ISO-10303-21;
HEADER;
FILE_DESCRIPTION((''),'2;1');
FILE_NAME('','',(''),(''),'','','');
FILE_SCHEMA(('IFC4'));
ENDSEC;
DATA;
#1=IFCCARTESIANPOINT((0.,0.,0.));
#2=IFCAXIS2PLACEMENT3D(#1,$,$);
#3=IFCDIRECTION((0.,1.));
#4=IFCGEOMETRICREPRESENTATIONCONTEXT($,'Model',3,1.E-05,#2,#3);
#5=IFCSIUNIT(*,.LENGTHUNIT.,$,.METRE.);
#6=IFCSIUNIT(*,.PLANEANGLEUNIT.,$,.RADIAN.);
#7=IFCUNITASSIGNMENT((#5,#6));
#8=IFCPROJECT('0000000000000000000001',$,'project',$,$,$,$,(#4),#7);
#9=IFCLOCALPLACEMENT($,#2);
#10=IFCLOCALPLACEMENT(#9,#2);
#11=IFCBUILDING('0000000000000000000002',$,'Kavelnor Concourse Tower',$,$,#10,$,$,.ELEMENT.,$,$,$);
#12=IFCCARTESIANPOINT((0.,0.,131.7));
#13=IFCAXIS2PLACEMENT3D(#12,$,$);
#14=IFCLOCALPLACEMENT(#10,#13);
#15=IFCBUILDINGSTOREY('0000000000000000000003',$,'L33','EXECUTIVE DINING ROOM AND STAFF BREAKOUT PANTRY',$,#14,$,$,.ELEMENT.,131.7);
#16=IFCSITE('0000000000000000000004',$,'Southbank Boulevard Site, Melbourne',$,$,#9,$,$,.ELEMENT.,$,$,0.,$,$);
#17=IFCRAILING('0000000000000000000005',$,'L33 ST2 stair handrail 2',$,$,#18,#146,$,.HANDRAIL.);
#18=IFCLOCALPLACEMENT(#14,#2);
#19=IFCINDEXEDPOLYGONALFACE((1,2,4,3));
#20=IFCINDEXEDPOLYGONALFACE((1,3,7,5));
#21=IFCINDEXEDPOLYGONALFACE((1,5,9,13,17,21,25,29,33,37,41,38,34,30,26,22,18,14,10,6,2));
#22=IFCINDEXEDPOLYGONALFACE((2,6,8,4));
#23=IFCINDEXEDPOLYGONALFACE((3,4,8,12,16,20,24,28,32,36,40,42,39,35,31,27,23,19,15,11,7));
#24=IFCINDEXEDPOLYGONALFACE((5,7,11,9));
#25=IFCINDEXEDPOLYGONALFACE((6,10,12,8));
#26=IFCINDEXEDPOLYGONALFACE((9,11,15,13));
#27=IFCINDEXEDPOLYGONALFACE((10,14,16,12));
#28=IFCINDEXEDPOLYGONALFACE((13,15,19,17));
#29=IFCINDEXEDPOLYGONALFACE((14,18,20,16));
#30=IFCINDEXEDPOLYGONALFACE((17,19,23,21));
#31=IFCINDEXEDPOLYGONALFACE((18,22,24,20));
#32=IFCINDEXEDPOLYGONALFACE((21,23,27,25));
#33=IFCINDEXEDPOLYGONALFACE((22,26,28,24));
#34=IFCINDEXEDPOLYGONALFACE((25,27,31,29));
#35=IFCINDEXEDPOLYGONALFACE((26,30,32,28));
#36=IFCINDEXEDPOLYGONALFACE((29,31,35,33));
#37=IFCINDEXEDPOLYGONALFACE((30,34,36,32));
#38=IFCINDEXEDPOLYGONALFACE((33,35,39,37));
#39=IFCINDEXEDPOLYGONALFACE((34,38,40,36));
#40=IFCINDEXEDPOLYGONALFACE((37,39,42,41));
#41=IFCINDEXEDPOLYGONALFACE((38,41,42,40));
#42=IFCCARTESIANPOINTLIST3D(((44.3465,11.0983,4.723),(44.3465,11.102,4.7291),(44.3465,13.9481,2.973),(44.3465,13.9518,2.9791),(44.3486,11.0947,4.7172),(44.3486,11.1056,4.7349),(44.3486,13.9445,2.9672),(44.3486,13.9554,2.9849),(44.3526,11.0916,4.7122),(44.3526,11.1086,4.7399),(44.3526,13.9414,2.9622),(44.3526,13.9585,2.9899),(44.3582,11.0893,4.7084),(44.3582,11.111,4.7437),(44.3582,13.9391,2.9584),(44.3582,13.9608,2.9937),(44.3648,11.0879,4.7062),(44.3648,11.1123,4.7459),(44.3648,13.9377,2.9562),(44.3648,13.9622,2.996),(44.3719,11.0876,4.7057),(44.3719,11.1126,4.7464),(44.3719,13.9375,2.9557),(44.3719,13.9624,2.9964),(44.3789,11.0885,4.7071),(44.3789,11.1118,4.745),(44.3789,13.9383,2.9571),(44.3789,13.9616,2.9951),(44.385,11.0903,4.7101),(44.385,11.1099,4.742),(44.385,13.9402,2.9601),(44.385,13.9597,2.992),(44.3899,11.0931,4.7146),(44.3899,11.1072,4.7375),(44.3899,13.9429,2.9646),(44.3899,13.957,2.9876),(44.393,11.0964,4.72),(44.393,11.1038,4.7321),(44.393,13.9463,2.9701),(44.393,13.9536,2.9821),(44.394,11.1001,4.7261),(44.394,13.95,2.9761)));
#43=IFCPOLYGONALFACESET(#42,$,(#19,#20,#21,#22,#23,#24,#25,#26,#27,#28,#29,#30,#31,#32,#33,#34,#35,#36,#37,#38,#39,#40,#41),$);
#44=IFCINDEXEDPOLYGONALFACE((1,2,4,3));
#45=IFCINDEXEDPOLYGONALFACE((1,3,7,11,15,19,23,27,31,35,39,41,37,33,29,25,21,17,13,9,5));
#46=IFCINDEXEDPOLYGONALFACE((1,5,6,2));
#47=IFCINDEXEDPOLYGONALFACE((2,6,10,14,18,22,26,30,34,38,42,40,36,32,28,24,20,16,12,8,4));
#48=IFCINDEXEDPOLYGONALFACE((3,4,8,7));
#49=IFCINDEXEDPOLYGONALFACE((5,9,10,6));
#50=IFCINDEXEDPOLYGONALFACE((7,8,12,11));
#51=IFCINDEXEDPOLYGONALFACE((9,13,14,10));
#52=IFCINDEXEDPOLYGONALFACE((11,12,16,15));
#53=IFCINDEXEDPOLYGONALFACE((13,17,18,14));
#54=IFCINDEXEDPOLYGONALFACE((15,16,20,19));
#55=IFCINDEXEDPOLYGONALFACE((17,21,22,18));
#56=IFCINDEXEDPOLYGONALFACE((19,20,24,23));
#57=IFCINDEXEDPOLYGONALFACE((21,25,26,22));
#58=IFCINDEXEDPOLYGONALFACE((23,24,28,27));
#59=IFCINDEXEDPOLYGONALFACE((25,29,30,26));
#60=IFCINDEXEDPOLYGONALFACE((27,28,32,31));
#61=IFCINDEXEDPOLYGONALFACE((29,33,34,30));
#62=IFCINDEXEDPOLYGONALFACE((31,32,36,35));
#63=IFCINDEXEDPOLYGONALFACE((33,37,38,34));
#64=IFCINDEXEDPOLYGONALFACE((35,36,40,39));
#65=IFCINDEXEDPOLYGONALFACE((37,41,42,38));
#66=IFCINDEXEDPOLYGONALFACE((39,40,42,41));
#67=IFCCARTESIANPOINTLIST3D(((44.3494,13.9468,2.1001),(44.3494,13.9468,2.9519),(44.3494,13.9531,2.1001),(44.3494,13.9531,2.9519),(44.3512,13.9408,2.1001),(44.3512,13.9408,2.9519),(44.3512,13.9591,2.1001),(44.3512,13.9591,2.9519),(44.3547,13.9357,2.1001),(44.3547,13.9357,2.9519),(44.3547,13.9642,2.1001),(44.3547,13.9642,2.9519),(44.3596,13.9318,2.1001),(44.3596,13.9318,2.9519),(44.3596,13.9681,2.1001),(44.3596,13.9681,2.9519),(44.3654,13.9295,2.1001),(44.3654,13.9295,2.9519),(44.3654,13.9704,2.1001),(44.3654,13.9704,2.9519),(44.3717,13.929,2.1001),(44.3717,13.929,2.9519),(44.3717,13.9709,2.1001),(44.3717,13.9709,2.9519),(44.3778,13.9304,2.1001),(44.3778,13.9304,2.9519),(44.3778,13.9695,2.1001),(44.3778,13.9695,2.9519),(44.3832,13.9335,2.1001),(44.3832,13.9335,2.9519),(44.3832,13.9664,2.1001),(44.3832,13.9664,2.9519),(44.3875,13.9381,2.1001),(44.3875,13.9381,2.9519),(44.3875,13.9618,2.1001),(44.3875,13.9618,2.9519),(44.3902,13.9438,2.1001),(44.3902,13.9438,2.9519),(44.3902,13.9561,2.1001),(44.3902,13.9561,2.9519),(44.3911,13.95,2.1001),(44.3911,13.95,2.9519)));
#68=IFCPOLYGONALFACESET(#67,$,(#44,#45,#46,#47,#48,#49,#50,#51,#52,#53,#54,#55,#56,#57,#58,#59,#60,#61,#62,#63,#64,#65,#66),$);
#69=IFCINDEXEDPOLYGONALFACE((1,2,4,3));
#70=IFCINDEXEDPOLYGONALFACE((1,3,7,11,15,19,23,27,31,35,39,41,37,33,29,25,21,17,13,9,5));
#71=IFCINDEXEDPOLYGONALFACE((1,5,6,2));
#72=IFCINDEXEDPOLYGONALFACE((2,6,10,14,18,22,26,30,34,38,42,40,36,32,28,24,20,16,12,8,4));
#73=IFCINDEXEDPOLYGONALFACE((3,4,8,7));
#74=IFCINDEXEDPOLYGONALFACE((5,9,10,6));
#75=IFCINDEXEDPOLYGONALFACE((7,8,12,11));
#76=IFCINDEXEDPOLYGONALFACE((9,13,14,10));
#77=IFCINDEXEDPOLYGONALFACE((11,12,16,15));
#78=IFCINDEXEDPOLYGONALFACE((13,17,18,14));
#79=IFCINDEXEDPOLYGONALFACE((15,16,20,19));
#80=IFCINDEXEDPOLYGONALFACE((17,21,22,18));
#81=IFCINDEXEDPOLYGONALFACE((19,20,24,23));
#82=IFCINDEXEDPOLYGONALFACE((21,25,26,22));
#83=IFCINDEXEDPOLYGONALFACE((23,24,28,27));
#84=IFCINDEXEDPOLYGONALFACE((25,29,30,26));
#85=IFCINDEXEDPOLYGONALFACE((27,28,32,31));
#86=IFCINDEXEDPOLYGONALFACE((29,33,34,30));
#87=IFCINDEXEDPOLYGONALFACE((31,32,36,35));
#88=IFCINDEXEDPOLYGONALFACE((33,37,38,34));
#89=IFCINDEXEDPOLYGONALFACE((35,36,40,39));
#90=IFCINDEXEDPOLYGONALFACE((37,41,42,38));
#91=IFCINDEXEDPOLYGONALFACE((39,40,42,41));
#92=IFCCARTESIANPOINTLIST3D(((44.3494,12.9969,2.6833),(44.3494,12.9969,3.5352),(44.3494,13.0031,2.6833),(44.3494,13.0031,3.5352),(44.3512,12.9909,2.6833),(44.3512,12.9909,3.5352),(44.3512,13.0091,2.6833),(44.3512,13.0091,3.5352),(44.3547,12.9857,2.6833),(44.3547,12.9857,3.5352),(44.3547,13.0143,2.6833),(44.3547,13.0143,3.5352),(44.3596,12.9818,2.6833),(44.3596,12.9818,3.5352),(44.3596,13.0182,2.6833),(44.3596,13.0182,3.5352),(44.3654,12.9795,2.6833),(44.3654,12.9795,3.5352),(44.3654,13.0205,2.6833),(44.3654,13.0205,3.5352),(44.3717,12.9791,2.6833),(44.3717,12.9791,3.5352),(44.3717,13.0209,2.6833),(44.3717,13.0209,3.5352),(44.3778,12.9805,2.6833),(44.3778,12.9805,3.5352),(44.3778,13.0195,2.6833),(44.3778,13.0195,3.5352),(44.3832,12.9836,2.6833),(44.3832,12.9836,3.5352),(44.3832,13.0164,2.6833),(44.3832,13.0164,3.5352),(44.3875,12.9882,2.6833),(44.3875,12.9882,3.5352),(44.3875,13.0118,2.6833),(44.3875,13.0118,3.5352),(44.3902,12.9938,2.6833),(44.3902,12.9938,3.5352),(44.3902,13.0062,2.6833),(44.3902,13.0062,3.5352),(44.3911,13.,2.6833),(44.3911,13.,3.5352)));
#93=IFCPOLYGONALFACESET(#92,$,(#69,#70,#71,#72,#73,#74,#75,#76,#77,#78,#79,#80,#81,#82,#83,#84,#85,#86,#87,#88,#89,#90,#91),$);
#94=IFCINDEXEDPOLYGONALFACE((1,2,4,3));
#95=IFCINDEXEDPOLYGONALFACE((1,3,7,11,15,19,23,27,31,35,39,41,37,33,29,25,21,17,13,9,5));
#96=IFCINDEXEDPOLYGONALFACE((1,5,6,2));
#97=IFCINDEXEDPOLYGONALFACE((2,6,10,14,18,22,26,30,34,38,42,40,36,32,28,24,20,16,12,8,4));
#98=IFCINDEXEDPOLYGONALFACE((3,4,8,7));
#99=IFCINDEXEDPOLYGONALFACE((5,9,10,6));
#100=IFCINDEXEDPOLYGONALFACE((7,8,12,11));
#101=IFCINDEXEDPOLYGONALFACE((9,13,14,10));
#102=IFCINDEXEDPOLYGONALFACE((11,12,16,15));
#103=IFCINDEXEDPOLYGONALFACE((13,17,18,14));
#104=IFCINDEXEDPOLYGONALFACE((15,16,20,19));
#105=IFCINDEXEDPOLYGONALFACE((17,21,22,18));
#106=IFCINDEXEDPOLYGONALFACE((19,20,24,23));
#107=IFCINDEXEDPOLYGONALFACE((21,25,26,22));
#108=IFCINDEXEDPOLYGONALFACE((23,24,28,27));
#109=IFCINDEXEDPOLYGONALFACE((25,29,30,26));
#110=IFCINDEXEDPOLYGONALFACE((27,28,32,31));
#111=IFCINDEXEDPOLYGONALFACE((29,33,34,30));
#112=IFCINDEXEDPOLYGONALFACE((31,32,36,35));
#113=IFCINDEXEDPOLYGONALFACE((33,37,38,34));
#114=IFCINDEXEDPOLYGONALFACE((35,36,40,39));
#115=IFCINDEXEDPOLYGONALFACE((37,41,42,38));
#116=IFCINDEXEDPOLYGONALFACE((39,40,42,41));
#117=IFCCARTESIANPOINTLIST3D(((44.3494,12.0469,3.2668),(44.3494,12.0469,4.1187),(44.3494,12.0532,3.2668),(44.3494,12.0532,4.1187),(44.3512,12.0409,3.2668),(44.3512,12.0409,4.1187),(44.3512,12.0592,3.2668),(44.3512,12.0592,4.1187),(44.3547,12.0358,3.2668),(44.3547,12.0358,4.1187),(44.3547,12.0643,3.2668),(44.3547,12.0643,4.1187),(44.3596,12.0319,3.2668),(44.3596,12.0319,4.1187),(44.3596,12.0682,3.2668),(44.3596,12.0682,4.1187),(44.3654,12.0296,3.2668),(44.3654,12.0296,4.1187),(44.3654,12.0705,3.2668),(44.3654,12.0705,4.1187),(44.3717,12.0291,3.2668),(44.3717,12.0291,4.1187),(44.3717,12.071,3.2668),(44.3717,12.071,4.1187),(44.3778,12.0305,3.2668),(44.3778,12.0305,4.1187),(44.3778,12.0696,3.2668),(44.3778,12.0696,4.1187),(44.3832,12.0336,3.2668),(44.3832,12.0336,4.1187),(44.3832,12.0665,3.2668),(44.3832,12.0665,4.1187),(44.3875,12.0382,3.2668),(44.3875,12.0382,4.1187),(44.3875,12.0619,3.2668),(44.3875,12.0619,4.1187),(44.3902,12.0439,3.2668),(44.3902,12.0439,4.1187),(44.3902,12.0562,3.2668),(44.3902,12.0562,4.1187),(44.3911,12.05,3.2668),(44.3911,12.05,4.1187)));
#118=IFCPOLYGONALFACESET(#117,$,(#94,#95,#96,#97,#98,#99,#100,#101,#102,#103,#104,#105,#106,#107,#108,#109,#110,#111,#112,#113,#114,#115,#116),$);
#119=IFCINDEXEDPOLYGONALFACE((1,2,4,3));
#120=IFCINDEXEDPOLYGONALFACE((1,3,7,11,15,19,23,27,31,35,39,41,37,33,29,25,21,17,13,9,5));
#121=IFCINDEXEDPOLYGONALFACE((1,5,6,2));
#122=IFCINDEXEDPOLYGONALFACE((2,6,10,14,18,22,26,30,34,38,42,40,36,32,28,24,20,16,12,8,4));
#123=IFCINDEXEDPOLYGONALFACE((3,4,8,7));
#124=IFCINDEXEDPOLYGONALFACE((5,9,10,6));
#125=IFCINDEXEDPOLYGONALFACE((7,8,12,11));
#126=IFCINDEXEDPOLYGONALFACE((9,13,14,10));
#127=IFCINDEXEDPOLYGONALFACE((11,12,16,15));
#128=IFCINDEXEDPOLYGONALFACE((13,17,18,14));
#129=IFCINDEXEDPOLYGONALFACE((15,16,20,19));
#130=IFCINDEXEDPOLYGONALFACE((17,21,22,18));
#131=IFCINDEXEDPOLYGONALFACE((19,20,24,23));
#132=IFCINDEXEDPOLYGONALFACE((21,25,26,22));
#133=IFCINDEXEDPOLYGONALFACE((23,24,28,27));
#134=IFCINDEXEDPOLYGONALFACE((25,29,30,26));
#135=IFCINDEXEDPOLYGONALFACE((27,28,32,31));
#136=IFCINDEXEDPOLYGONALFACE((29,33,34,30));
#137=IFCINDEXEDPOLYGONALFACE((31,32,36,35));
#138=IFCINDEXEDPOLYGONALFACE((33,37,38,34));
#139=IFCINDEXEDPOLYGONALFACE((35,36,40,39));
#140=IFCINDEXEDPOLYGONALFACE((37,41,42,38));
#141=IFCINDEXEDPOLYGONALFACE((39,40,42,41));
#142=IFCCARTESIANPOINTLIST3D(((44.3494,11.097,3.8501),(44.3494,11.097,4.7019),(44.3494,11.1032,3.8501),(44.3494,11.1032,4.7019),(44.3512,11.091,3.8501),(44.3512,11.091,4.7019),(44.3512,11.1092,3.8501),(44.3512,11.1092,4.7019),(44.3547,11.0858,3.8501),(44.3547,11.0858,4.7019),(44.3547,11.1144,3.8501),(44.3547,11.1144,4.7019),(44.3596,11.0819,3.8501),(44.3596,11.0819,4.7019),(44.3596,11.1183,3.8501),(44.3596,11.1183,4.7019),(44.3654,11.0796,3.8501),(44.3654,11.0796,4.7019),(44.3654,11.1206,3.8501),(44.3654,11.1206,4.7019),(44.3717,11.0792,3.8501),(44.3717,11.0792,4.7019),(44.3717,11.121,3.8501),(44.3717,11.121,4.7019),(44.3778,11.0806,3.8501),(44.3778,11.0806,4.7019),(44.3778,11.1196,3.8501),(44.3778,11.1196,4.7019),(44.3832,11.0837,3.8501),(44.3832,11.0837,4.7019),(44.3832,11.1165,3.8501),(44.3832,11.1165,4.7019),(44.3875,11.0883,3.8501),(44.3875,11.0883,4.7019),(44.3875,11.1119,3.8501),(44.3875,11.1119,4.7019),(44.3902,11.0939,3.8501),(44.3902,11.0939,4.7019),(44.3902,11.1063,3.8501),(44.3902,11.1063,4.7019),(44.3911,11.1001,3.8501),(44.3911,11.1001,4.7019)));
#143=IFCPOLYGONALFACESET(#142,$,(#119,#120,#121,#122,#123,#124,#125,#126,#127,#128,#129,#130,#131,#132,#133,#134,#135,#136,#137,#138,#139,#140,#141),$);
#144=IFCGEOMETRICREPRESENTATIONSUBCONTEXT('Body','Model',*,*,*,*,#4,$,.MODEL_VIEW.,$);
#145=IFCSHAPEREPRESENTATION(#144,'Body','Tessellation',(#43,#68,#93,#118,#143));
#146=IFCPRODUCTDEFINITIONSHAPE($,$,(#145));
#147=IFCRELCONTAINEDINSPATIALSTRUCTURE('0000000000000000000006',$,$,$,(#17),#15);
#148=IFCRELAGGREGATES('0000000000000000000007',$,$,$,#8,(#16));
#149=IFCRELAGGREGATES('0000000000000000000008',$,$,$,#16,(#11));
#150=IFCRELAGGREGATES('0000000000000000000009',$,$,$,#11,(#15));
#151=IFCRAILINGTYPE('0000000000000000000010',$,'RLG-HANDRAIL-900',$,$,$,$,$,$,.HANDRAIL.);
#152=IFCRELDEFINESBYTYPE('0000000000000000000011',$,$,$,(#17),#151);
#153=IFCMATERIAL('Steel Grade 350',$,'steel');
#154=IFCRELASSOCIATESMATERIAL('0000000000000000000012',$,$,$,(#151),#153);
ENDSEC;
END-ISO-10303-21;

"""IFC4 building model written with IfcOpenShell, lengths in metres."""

from ifc_helpers import new_model, si_unit, direction, frame, origin, origin_2d, place, context, subcontext, project, spatial, circle, extrude, material, type_object, element, save


model = new_model("IFC4")

# Units and contexts
model_context = context("Model", 3, precision=1e-05, world=origin(), true_north=direction((0.0, 1.0)))
body_context = subcontext(model_context, "Body", "Model", "MODEL_VIEW")
ifc_project = project(units=[si_unit("LENGTHUNIT", "METRE"), si_unit("PLANEANGLEUNIT", "RADIAN")], contexts=[model_context])

# Site, building, storey
site_placement = place(None, origin())
site = spatial("IfcSite", under=ifc_project, at=site_placement, Name="Southbank Boulevard Site, Melbourne", CompositionType="ELEMENT", RefElevation=0.0)
building_placement = place(site_placement, origin())
building = spatial("IfcBuilding", under=site, at=building_placement, Name="Kavelnor Concourse Tower", CompositionType="ELEMENT")
storey_placement = place(building_placement, frame((0.0, 0.0, 131.7)))
storey = spatial("IfcBuildingStorey", under=building, at=storey_placement, Name="L33", Description="EXECUTIVE DINING ROOM AND STAFF BREAKOUT PANTRY", CompositionType="ELEMENT", Elevation=131.7)

# Shared definitions
ifc_material_1 = material(Name="Steel Grade 350", Category="steel")

# Railing
railing_type_1 = type_object("IfcRailingType", Name="RLG-HANDRAIL-900", PredefinedType="HANDRAIL", material=ifc_material_1)
railing_1_placement = place(storey_placement, frame((44.3701, 13.95, 2.1001)))
element("IfcRailing", 1, at=railing_1_placement, inside=storey, type_object=railing_type_1, Name="L33 ST2 stair handrail 2", PredefinedType="HANDRAIL", context=body_context, shape_type="SweptSolid", body=[
    extrude(circle(Radius=0.0239, at=origin_2d()), frame((0.0, 0.0, 0.876), z_axis=(0.0, -0.852159, 0.523283), x_axis=(1.0, 0.0, 0.0)), (0.0, 0.0, 1.0), 3.3442),
    extrude(circle(Radius=0.021, at=origin_2d()), origin(), (0.0, 0.0, 1.0), 0.8518),
    extrude(circle(Radius=0.021, at=origin_2d()), frame((0.0, -0.95, 0.5833)), (0.0, 0.0, 1.0), 0.8518),
    extrude(circle(Radius=0.021, at=origin_2d()), frame((0.0, -1.8999, 1.1667)), (0.0, 0.0, 1.0), 0.8518),
    extrude(circle(Radius=0.021, at=origin_2d()), frame((0.0, -2.8499, 1.75)), (0.0, 0.0, 1.0), 0.8518),
])

save(model, "model.ifc")
